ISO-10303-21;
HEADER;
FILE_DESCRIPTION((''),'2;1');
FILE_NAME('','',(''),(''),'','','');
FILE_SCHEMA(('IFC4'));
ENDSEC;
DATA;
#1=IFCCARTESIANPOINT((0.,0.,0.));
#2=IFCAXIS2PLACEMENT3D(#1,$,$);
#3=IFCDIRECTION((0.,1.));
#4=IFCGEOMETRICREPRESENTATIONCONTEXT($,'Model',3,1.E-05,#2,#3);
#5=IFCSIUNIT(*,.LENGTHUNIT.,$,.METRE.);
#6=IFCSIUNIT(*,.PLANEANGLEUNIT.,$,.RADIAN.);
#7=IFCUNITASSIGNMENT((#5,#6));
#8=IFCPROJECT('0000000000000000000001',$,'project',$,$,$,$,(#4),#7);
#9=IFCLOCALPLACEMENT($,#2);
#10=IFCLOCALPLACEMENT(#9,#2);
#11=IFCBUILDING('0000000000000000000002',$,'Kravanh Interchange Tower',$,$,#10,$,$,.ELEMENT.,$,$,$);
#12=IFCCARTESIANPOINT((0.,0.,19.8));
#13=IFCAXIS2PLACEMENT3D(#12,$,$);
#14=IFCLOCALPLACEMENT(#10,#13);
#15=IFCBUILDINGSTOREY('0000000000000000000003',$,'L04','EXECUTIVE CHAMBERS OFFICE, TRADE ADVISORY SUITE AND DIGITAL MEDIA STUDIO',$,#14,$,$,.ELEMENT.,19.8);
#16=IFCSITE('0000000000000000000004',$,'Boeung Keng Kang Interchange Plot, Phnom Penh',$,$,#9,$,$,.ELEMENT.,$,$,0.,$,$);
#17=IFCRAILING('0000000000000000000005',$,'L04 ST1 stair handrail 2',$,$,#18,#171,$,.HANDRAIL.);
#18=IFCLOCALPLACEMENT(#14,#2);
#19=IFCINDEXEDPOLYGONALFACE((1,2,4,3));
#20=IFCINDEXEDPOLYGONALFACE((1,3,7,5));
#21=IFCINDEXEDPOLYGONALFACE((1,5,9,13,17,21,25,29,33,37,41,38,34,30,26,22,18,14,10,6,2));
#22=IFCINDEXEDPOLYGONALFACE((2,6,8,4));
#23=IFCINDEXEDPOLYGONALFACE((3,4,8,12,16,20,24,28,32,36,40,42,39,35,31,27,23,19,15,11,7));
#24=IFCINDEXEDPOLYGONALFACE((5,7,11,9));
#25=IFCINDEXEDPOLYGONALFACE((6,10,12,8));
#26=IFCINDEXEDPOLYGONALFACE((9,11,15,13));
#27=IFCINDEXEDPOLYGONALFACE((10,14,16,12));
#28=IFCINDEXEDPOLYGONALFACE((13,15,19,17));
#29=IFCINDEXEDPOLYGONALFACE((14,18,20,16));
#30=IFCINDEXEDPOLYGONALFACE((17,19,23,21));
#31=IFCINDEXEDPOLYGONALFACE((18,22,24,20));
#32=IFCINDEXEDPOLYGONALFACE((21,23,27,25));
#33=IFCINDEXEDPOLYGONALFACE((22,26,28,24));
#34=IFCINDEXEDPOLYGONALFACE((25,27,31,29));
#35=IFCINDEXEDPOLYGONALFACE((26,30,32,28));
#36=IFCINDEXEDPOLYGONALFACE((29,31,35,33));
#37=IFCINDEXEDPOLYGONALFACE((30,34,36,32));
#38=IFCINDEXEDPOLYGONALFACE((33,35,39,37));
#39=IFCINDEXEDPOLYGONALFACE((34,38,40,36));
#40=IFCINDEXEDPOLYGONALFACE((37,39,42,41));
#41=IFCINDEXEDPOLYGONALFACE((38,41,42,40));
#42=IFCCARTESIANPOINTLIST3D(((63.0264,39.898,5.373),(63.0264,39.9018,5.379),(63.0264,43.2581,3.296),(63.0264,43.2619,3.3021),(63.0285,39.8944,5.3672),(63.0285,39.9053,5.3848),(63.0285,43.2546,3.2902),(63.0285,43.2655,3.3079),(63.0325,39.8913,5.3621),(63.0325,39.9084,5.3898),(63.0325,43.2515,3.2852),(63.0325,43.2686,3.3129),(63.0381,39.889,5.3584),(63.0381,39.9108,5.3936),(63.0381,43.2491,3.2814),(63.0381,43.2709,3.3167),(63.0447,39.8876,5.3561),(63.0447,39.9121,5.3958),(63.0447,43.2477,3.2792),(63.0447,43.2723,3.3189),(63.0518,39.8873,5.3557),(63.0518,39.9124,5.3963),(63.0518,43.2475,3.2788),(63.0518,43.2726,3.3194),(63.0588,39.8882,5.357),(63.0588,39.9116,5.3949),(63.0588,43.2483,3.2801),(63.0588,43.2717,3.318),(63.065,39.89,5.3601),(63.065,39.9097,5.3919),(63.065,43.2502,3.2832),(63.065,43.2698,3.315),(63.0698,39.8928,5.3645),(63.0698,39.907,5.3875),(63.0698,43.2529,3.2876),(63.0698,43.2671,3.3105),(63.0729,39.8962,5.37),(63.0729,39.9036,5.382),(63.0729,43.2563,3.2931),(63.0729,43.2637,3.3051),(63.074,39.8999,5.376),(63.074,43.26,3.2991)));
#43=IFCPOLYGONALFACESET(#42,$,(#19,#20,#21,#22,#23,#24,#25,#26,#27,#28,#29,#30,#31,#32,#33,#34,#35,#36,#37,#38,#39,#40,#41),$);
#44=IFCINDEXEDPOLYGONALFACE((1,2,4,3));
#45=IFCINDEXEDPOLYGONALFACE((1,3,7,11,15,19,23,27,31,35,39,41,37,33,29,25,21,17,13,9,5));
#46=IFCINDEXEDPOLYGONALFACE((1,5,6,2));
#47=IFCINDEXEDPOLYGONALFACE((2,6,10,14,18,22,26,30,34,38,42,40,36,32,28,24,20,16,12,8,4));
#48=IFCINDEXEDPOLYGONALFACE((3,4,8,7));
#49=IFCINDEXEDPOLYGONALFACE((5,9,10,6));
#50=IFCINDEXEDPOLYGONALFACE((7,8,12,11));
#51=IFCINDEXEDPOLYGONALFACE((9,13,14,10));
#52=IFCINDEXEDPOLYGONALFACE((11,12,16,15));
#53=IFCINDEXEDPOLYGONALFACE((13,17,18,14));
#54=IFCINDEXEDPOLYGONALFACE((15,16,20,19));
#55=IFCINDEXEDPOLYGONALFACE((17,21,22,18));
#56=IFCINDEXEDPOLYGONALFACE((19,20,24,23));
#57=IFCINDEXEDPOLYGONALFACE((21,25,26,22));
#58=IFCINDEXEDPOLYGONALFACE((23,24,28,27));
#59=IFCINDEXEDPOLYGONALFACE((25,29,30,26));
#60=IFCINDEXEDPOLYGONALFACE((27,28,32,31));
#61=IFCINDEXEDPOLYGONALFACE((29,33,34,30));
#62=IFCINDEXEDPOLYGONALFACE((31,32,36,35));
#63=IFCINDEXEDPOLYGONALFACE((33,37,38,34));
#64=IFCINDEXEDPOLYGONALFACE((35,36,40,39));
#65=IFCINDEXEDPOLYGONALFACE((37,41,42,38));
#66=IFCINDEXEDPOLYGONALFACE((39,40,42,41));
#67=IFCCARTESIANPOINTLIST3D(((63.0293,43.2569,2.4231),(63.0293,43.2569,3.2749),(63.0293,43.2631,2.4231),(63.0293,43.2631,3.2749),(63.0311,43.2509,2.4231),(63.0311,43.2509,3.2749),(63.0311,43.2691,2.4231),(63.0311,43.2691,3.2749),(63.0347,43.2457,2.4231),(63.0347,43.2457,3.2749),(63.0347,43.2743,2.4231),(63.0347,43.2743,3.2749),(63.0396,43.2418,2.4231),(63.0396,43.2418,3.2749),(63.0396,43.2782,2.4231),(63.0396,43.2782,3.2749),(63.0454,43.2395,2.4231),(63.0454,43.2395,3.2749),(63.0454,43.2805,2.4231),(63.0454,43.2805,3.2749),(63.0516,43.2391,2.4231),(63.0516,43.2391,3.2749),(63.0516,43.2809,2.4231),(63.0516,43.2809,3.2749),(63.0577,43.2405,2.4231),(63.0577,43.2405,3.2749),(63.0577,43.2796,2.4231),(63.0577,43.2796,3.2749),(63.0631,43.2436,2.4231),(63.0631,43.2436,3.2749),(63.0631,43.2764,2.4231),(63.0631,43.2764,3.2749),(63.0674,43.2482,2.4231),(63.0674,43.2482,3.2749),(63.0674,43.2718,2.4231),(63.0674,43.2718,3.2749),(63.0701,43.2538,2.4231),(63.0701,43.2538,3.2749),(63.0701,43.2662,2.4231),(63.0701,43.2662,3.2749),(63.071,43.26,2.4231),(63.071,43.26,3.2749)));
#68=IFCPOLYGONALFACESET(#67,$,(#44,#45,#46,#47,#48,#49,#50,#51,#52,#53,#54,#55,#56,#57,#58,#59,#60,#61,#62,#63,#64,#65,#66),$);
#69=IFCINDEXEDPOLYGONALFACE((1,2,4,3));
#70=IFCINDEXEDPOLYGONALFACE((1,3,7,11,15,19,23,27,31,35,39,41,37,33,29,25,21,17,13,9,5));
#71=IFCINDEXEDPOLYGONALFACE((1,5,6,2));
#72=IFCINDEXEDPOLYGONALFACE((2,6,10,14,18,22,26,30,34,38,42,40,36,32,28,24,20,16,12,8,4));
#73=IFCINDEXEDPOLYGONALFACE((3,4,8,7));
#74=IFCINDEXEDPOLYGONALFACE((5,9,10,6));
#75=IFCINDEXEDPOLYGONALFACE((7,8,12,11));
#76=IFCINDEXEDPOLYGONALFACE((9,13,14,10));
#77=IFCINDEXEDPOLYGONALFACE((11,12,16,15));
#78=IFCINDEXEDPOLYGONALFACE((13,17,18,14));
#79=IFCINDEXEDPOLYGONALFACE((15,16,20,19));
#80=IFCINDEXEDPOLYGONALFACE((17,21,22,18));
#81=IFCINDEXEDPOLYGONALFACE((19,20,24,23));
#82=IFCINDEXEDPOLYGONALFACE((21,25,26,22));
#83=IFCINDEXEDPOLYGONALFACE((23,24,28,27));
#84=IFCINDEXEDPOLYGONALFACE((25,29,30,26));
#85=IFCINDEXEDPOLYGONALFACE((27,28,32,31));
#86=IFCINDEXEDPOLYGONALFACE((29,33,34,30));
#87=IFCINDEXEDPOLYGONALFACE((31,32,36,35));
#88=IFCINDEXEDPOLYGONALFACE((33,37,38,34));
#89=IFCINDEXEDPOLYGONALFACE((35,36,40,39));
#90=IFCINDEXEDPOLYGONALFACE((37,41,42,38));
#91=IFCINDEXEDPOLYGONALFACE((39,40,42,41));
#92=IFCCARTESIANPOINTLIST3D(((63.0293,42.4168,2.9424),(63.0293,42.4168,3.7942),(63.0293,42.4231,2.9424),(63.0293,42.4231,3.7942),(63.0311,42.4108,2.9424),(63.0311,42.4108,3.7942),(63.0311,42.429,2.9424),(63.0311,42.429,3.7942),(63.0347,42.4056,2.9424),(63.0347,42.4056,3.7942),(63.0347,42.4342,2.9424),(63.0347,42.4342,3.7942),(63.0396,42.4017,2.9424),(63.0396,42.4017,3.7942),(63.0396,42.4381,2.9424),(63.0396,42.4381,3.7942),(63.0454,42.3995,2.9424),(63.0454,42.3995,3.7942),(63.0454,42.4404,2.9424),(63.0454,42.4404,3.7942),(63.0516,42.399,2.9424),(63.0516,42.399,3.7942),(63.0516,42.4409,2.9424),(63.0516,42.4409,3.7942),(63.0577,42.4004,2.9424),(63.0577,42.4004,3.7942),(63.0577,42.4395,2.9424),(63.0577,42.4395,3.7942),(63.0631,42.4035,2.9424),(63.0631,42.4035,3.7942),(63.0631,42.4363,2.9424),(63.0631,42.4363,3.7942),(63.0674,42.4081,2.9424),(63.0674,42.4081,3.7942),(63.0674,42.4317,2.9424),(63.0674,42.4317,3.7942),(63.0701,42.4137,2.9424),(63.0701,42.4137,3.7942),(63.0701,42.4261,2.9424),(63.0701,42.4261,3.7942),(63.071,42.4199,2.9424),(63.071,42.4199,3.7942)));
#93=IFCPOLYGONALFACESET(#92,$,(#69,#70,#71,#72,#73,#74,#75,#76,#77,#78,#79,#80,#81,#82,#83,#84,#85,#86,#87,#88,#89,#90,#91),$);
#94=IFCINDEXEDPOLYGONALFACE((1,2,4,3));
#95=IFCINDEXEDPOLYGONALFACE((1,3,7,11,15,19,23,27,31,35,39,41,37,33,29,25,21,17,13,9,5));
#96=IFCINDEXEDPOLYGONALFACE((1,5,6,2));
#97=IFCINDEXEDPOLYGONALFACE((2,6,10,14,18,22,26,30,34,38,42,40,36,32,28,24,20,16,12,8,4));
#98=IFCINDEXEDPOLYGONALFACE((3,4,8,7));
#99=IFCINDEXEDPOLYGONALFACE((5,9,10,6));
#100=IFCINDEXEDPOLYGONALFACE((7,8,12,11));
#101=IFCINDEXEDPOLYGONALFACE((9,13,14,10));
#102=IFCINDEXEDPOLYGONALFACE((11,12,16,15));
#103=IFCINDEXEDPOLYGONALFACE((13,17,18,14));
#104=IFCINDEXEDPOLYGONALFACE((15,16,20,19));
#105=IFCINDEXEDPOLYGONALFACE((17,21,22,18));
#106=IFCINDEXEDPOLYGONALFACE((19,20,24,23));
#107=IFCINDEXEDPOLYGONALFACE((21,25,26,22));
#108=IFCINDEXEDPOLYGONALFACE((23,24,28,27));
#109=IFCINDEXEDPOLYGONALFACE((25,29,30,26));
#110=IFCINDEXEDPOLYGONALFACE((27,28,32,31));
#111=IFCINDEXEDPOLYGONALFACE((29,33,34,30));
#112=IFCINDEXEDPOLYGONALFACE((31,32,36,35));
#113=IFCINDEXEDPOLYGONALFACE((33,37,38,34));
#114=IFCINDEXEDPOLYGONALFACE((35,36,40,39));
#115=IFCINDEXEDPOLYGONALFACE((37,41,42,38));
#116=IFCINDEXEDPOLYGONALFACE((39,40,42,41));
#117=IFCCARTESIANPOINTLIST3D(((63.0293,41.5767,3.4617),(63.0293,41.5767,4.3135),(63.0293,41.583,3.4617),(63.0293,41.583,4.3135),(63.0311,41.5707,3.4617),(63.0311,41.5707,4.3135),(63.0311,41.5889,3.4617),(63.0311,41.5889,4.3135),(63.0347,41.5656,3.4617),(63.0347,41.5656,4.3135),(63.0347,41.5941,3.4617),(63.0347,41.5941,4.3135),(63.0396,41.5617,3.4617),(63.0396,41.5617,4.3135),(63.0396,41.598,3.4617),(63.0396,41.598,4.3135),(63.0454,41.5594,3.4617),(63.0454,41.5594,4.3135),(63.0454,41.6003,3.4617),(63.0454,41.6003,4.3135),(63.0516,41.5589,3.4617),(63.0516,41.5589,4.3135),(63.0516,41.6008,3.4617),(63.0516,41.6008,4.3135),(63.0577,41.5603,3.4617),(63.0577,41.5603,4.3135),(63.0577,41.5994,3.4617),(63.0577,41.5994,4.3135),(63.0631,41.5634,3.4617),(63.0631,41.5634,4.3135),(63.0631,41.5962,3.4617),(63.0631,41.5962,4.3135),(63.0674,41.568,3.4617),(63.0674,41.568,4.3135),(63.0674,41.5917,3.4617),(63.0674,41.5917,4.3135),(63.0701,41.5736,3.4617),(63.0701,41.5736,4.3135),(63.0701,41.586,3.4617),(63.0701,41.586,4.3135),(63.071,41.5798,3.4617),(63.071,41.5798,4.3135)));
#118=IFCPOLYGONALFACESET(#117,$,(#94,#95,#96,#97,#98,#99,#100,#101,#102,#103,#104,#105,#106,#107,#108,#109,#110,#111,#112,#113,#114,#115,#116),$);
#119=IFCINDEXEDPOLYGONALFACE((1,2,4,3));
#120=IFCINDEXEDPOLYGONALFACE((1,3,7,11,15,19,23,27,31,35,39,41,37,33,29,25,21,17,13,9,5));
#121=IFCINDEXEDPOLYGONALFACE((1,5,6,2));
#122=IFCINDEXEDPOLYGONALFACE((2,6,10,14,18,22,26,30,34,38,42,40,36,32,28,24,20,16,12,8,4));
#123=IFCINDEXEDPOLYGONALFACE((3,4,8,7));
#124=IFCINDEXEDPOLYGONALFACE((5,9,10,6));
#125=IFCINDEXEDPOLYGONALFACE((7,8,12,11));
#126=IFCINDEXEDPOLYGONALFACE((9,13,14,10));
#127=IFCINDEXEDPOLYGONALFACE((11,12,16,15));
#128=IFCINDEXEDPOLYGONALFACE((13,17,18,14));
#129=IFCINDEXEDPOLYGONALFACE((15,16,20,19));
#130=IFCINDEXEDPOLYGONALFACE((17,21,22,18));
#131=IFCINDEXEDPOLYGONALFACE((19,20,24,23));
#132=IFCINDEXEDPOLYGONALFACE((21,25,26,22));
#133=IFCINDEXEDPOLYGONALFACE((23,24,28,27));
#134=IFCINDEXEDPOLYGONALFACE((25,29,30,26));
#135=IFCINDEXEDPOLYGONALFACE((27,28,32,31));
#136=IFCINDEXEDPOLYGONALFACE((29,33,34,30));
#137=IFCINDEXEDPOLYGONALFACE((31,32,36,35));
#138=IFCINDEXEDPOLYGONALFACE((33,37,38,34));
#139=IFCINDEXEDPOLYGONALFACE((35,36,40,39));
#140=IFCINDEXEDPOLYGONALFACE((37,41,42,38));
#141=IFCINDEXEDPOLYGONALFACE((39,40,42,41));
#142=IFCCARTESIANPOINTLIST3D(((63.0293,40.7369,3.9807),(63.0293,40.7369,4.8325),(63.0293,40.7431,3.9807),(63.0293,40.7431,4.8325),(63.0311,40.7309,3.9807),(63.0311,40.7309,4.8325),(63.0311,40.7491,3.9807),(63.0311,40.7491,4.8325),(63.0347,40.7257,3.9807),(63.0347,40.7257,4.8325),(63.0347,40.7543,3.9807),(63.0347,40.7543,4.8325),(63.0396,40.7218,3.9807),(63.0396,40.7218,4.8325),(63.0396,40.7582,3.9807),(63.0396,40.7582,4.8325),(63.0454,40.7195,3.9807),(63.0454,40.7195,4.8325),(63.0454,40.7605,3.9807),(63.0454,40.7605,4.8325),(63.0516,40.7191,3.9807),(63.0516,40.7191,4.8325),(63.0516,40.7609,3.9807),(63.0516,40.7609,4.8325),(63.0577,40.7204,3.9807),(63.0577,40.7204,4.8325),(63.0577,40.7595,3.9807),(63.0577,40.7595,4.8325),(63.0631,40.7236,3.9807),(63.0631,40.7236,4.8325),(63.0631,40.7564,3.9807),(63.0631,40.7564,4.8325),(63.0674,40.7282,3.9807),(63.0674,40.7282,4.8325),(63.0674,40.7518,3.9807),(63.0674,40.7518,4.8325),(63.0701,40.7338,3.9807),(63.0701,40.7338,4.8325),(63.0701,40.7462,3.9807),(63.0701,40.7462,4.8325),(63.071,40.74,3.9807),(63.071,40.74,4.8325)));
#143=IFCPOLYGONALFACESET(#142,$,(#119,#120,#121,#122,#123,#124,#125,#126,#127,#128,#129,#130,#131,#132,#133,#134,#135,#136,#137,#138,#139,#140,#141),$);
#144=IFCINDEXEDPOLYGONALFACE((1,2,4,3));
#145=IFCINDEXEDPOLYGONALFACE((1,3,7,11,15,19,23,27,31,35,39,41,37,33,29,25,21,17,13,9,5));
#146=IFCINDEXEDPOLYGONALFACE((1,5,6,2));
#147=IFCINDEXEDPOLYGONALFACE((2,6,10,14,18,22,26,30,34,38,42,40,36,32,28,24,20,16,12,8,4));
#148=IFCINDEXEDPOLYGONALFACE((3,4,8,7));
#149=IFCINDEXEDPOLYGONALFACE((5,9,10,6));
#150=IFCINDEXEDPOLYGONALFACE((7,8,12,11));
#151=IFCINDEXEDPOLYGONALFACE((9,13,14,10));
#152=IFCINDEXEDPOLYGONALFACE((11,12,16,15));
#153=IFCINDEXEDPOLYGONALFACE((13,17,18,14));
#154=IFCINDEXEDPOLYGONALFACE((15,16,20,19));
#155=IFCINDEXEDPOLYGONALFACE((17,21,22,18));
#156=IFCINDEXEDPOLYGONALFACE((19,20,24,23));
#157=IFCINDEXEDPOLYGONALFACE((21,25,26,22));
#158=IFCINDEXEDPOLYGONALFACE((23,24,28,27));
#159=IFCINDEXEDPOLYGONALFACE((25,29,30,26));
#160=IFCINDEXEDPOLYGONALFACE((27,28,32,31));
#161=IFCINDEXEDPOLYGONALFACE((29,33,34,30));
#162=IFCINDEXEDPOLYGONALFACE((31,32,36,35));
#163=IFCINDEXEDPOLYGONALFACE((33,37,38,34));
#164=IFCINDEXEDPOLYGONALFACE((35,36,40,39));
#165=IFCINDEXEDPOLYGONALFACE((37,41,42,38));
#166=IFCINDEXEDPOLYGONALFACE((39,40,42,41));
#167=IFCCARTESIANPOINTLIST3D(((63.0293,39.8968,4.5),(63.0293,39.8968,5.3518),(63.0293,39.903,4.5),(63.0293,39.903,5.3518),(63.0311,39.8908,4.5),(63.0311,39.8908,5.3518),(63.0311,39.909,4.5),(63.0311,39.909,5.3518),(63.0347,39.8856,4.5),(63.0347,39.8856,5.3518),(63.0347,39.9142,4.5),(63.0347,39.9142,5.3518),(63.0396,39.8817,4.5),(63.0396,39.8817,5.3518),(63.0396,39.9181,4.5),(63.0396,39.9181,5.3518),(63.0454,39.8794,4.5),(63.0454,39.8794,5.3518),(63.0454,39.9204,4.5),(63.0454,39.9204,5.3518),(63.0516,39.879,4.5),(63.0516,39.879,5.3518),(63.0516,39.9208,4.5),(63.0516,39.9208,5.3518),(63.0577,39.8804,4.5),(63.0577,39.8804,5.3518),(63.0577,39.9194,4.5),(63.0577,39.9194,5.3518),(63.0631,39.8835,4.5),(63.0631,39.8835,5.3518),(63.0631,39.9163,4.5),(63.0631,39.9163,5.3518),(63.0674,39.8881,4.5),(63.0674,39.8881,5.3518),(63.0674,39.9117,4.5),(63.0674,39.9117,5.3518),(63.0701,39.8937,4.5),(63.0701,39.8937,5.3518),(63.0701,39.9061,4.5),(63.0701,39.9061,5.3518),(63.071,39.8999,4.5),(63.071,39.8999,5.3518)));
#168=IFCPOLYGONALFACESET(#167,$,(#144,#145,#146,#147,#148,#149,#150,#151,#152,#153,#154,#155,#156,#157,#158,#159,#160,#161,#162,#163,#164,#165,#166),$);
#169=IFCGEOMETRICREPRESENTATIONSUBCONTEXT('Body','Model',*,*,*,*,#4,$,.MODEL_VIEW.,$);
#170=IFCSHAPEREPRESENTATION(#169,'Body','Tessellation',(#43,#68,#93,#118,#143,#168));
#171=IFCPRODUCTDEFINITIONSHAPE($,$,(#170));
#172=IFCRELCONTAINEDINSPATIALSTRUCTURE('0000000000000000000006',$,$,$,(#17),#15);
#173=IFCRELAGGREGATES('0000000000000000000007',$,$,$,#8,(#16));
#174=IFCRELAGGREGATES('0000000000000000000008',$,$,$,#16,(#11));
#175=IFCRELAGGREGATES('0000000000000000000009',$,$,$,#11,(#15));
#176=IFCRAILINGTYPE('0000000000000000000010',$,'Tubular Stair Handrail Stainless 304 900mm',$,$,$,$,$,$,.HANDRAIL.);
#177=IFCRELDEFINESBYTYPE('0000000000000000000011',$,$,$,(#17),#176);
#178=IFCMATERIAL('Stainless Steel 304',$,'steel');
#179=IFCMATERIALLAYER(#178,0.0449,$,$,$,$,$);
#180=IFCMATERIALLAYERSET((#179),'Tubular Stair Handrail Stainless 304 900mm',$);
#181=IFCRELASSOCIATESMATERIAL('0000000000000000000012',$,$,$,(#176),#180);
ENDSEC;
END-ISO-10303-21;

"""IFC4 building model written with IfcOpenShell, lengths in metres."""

from ifc_helpers import new_model, si_unit, direction, frame, origin, origin_2d, place, context, subcontext, project, spatial, circle, extrude, material, layer, layer_set, type_object, element, save


model = new_model("IFC4")

# Units and contexts
model_context = context("Model", 3, precision=1e-05, world=origin(), true_north=direction((0.0, 1.0)))
body_context = subcontext(model_context, "Body", "Model", "MODEL_VIEW")
ifc_project = project(units=[si_unit("LENGTHUNIT", "METRE"), si_unit("PLANEANGLEUNIT", "RADIAN")], contexts=[model_context])

# Site, building, storey
site_placement = place(None, origin())
site = spatial("IfcSite", under=ifc_project, at=site_placement, Name="Boeung Keng Kang Interchange Plot, Phnom Penh", CompositionType="ELEMENT", RefElevation=0.0)
building_placement = place(site_placement, origin())
building = spatial("IfcBuilding", under=site, at=building_placement, Name="Kravanh Interchange Tower", CompositionType="ELEMENT")
storey_placement = place(building_placement, frame((0.0, 0.0, 19.8)))
storey = spatial("IfcBuildingStorey", under=building, at=storey_placement, Name="L04", Description="EXECUTIVE CHAMBERS OFFICE, TRADE ADVISORY SUITE AND DIGITAL MEDIA STUDIO", CompositionType="ELEMENT", Elevation=19.8)

# Railing
ifc_material_1 = material(Name="Stainless Steel 304", Category="steel")
ifc_layer_1 = layer(ifc_material_1, 0.0449)
ifc_layer_set_1 = layer_set([ifc_layer_1], Name="Tubular Stair Handrail Stainless 304 900mm")
railing_type_1 = type_object("IfcRailingType", Name="Tubular Stair Handrail Stainless 304 900mm", PredefinedType="HANDRAIL", material=ifc_layer_set_1)
railing_1_placement = place(storey_placement, frame((63.05, 43.26, 2.4231)))
element("IfcRailing", 1, at=railing_1_placement, inside=storey, type_object=railing_type_1, Name="L04 ST1 stair handrail 2", PredefinedType="HANDRAIL", context=body_context, shape_type="SweptSolid", body=[
    extrude(circle(Radius=0.0239, at=origin_2d()), frame((0.0, 0.0, 0.876), z_axis=(0.0, -0.850623, 0.525776), x_axis=(1.0, 0.0, 0.0)), (0.0, 0.0, 1.0), 3.9502),
    extrude(circle(Radius=0.021, at=origin_2d()), origin(), (0.0, 0.0, 1.0), 0.8518),
    extrude(circle(Radius=0.021, at=origin_2d()), frame((0.0, -0.8401, 0.5193)), (0.0, 0.0, 1.0), 0.8518),
    extrude(circle(Radius=0.021, at=origin_2d()), frame((0.0, -1.6802, 1.0386)), (0.0, 0.0, 1.0), 0.8518),
    extrude(circle(Radius=0.021, at=origin_2d()), frame((0.0, -2.52, 1.5576)), (0.0, 0.0, 1.0), 0.8518),
    extrude(circle(Radius=0.021, at=origin_2d()), frame((0.0, -3.3601, 2.0769)), (0.0, 0.0, 1.0), 0.8518),
])

save(model, "model.ifc")
